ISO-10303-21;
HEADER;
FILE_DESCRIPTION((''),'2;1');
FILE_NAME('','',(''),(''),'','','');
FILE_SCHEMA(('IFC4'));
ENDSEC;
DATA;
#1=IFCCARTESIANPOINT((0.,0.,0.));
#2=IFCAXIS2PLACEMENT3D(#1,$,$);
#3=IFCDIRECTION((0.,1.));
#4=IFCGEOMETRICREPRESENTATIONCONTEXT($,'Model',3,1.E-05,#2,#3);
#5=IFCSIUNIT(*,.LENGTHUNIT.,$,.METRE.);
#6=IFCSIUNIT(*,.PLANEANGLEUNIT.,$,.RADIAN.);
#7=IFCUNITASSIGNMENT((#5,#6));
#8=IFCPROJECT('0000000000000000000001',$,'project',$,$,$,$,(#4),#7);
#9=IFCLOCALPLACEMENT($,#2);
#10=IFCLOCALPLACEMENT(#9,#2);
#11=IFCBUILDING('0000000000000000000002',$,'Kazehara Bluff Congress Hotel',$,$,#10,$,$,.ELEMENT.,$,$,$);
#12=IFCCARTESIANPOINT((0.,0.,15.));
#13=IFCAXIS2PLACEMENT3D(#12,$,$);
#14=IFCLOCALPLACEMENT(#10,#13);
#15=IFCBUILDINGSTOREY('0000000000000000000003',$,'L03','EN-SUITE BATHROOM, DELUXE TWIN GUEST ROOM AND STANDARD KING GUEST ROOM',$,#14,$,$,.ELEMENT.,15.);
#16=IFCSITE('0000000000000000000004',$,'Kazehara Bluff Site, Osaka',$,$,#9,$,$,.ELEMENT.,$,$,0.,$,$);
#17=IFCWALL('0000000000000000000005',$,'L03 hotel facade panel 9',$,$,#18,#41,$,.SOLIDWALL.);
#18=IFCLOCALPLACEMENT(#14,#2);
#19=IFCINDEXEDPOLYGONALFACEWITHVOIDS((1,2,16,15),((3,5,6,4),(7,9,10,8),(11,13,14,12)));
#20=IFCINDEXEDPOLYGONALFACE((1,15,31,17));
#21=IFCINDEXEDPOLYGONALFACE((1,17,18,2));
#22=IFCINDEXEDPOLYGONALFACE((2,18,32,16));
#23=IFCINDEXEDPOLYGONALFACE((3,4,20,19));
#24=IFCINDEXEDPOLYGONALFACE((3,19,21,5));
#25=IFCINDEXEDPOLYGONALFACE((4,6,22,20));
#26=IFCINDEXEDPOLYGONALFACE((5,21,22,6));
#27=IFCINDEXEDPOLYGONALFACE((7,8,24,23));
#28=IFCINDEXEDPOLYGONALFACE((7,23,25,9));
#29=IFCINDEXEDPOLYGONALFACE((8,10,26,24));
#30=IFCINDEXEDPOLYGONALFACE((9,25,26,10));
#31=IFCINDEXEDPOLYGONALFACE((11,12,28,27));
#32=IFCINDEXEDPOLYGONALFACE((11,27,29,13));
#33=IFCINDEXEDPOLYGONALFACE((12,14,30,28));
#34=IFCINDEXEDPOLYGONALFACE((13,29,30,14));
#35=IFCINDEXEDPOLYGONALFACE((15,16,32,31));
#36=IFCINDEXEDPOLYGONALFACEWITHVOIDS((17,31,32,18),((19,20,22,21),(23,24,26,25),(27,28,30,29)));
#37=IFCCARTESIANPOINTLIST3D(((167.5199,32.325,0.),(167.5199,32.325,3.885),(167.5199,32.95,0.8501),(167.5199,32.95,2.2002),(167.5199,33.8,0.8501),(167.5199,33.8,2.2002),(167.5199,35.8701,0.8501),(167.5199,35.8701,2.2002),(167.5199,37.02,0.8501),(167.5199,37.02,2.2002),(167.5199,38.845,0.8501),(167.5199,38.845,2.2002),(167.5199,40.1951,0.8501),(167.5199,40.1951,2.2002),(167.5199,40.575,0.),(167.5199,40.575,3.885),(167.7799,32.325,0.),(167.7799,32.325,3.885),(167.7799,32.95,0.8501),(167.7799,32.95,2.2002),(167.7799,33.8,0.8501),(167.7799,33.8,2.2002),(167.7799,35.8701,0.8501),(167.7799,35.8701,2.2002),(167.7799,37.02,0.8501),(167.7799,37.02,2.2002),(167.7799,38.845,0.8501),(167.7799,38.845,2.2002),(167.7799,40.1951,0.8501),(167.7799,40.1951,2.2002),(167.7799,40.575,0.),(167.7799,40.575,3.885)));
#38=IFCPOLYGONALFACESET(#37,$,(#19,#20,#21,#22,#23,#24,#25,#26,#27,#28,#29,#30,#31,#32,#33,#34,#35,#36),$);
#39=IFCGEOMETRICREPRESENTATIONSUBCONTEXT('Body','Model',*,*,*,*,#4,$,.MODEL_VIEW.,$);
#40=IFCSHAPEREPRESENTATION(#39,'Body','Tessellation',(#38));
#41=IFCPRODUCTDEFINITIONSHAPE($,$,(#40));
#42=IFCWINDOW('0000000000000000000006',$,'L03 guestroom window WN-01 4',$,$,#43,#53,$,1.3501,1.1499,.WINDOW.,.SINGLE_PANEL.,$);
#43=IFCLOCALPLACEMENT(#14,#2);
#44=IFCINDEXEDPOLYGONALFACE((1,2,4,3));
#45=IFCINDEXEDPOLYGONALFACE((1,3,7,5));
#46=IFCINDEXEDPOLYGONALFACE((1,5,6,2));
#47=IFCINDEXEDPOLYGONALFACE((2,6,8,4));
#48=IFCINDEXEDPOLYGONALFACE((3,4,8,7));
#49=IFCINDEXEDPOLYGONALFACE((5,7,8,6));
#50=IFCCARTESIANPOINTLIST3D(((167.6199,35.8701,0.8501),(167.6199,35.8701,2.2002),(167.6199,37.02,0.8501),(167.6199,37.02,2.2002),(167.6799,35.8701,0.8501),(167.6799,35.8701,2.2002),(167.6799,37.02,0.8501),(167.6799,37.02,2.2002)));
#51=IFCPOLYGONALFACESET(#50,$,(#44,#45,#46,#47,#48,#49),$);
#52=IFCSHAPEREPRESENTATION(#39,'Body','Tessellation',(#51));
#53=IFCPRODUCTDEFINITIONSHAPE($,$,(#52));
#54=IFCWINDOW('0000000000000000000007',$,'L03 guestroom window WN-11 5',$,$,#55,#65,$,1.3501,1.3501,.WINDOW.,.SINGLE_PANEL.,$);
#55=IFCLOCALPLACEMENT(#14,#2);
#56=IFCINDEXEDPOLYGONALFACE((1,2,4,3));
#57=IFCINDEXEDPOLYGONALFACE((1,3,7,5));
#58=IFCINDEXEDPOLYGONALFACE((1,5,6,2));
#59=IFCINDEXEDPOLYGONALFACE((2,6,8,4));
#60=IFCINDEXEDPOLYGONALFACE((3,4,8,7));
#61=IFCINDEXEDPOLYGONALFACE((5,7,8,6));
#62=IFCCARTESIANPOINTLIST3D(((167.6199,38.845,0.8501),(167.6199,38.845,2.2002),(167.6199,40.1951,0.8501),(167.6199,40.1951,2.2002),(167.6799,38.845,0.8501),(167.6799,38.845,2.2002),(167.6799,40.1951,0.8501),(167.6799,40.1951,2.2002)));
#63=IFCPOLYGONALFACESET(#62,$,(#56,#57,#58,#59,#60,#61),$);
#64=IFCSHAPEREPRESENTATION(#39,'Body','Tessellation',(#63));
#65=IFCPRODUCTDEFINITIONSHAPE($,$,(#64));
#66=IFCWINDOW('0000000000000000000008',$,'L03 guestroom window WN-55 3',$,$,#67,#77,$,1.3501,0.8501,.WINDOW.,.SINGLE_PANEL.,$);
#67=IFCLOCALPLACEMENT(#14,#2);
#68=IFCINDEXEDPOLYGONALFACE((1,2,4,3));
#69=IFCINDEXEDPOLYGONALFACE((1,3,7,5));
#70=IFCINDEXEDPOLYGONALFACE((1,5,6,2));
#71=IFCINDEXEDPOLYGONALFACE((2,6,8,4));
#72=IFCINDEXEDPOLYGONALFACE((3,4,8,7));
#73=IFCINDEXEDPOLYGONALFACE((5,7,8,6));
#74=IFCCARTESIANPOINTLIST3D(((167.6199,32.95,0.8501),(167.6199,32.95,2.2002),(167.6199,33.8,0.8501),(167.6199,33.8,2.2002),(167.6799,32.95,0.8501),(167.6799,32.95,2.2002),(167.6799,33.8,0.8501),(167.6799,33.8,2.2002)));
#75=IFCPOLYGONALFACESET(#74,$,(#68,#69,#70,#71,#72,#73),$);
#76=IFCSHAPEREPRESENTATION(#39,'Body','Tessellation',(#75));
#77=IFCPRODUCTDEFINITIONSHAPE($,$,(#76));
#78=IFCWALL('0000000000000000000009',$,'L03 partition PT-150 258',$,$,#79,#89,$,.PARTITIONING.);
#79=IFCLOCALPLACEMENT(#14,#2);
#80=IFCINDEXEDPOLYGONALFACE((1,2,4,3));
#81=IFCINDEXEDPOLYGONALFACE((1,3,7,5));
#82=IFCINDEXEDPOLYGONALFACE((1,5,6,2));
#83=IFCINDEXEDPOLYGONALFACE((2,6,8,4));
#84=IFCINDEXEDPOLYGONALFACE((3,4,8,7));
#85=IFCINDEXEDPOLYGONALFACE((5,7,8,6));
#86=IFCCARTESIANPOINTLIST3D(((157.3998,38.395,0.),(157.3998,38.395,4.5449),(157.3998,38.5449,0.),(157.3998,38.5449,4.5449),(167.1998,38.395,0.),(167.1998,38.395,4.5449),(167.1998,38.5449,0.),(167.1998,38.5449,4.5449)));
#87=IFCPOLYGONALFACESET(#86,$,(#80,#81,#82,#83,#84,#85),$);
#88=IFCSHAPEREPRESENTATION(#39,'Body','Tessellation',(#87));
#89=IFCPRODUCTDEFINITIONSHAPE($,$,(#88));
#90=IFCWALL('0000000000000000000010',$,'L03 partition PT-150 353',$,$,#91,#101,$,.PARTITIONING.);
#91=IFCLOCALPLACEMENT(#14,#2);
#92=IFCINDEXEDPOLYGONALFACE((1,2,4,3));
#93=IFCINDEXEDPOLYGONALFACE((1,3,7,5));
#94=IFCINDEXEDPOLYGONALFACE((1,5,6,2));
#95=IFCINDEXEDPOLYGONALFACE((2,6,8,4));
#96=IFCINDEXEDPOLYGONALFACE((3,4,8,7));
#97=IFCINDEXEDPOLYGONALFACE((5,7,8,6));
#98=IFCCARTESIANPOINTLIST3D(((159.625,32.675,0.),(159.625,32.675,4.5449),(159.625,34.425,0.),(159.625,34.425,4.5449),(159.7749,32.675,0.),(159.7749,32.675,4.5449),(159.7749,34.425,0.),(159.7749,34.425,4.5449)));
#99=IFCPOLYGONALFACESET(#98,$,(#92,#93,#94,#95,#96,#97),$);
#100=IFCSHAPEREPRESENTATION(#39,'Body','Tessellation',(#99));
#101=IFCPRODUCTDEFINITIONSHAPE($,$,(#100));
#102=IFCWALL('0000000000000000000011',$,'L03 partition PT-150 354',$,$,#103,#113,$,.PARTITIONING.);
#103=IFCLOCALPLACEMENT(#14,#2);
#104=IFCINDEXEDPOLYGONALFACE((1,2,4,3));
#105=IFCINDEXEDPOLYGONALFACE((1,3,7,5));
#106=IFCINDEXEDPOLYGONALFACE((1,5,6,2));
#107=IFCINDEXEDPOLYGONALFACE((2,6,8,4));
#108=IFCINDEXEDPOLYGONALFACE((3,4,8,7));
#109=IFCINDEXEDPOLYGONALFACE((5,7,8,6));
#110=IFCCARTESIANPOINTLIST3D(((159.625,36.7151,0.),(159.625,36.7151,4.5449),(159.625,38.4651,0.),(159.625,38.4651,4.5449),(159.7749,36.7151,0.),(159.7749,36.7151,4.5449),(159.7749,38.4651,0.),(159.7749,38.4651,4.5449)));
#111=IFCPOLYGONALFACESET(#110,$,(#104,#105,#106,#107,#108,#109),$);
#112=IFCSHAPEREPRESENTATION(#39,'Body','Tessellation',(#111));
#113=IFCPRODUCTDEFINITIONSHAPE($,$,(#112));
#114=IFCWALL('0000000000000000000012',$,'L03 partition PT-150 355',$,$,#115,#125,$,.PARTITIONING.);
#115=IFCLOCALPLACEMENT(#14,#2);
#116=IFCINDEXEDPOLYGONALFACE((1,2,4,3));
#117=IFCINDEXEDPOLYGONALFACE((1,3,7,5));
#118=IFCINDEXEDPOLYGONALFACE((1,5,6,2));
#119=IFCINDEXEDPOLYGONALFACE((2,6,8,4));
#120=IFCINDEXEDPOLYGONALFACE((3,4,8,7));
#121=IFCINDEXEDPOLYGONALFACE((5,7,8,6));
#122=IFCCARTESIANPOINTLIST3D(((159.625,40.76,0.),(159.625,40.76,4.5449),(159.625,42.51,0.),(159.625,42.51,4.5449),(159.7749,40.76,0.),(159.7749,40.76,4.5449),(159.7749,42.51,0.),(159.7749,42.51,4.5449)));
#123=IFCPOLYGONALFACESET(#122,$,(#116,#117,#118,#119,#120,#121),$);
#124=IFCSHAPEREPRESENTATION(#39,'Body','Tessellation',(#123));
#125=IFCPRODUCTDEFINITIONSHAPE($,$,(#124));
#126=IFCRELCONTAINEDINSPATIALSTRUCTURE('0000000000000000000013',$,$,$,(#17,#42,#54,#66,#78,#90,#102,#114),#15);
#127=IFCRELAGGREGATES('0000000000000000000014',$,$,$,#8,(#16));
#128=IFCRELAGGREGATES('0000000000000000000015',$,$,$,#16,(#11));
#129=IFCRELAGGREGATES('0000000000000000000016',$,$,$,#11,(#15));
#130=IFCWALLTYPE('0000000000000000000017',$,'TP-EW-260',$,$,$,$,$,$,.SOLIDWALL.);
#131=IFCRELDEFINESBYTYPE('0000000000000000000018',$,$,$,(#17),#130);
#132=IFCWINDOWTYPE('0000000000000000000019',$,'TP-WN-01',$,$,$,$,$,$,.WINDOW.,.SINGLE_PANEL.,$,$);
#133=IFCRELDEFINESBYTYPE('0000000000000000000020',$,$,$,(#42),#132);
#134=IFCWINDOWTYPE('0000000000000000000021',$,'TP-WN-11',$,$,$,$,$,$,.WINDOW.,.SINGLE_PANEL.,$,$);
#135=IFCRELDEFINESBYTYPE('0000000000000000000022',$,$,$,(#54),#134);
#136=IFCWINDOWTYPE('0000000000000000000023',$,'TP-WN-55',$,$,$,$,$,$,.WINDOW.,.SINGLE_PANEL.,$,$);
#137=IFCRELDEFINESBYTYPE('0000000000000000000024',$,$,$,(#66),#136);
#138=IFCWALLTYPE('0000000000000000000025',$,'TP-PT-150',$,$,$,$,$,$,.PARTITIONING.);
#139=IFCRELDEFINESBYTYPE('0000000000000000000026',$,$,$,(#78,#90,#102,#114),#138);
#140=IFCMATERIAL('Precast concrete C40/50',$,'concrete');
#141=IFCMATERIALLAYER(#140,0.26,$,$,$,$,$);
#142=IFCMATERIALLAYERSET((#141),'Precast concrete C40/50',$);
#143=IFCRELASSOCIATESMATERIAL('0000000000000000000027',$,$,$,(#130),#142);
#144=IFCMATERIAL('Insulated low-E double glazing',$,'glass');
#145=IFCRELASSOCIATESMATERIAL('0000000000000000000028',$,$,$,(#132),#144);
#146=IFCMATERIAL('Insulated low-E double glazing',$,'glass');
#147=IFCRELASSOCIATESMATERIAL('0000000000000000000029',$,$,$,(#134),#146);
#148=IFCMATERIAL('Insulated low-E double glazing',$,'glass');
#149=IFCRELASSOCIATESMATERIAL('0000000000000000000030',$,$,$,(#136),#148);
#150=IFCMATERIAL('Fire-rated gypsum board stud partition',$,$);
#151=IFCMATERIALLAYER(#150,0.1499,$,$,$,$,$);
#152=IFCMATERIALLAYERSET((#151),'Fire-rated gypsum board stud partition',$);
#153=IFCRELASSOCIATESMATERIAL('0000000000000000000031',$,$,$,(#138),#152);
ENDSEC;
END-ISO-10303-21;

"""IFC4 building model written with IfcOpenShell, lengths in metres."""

from ifc_helpers import new_model, si_unit, direction, frame, frame_2d, origin, place, context, subcontext, project, spatial, rectangle, extrude, material, layer, layer_set, type_object, element, fill, save


model = new_model("IFC4")

# Units and contexts
model_context = context("Model", 3, precision=1e-05, world=origin(), true_north=direction((0.0, 1.0)))
body_context = subcontext(model_context, "Body", "Model", "MODEL_VIEW")
ifc_project = project(units=[si_unit("LENGTHUNIT", "METRE"), si_unit("PLANEANGLEUNIT", "RADIAN")], contexts=[model_context])

# Site, building, storey
site_placement = place(None, origin())
site = spatial("IfcSite", under=ifc_project, at=site_placement, Name="Kazehara Bluff Site, Osaka", CompositionType="ELEMENT", RefElevation=0.0)
building_placement = place(site_placement, origin())
building = spatial("IfcBuilding", under=site, at=building_placement, Name="Kazehara Bluff Congress Hotel", CompositionType="ELEMENT")
storey_placement = place(building_placement, frame((0.0, 0.0, 15.0)))
storey = spatial("IfcBuildingStorey", under=building, at=storey_placement, Name="L03", Description="EN-SUITE BATHROOM, DELUXE TWIN GUEST ROOM AND STANDARD KING GUEST ROOM", CompositionType="ELEMENT", Elevation=15.0)

# Wall, openings, windows
ifc_material_1 = material(Name="Precast concrete C40/50", Category="concrete")
ifc_layer_1 = layer(ifc_material_1, 0.26)
ifc_layer_set_1 = layer_set([ifc_layer_1], Name="Precast concrete C40/50")
wall_type_1 = type_object("IfcWallType", Name="TP-EW-260", PredefinedType="SOLIDWALL", material=ifc_layer_set_1)
wall_1_placement = place(storey_placement, frame((167.6499, 40.575, 0.0), z_axis=(0.0, 0.0, 1.0), x_axis=(0.0, -1.0, 0.0)))
wall_1 = element("IfcWall", 1, at=wall_1_placement, inside=storey, type_object=wall_type_1, Name="L03 hotel facade panel 9", PredefinedType="SOLIDWALL", context=body_context, shape_type="SweptSolid", body=[
    extrude(rectangle(XDim=8.25, YDim=0.26, at=frame_2d((4.125, 0.0))), origin(), (0.0, 0.0, 1.0), 3.885),
])
opening_1_placement = place(wall_1_placement, frame((6.7749, 0.0, 0.8501)))
opening_1 = element("IfcOpeningElement", 2, at=opening_1_placement, cuts=wall_1, PredefinedType="OPENING", context=body_context, shape_type="SweptSolid", body=[
    extrude(rectangle(XDim=0.8501, YDim=1.3501, at=frame_2d((0.425, 0.675))), frame((0.0, 0.1399, 0.0), z_axis=(0.0, -1.0, 0.0), x_axis=(1.0, 0.0, 0.0)), (0.0, 0.0, 1.0), 0.28),
])
opening_2_placement = place(wall_1_placement, frame((3.5549, 0.0, 0.8501)))
opening_2 = element("IfcOpeningElement", 3, at=opening_2_placement, cuts=wall_1, PredefinedType="OPENING", context=body_context, shape_type="SweptSolid", body=[
    extrude(rectangle(XDim=1.1499, YDim=1.3501, at=frame_2d((0.575, 0.675))), frame((0.0, 0.1399, 0.0), z_axis=(0.0, -1.0, 0.0), x_axis=(1.0, 0.0, 0.0)), (0.0, 0.0, 1.0), 0.28),
])
opening_3_placement = place(wall_1_placement, frame((0.3799, 0.0, 0.8501)))
opening_3 = element("IfcOpeningElement", 4, at=opening_3_placement, cuts=wall_1, PredefinedType="OPENING", context=body_context, shape_type="SweptSolid", body=[
    extrude(rectangle(XDim=1.3501, YDim=1.3501, at=frame_2d((0.675, 0.675))), frame((0.0, 0.1399, 0.0), z_axis=(0.0, -1.0, 0.0), x_axis=(1.0, 0.0, 0.0)), (0.0, 0.0, 1.0), 0.28),
])
ifc_material_2 = material(Name="Insulated low-E double glazing", Category="glass")
window_type_1 = type_object("IfcWindowType", Name="TP-WN-01", PartitioningType="SINGLE_PANEL", PredefinedType="WINDOW", material=ifc_material_2)
window_1_placement = place(opening_2_placement, origin())
window_1 = element("IfcWindow", 5, at=window_1_placement, inside=storey, type_object=window_type_1, Name="L03 guestroom window WN-01 4", OverallHeight=1.3501, OverallWidth=1.1499, PartitioningType="SINGLE_PANEL", PredefinedType="WINDOW", context=body_context, shape_type="SweptSolid", body=[
    extrude(rectangle(XDim=1.1499, YDim=1.3501, at=frame_2d((0.575, 0.675))), frame((0.0, 0.03, 0.0), z_axis=(0.0, -1.0, 0.0), x_axis=(1.0, 0.0, 0.0)), (0.0, 0.0, 1.0), 0.0601),
])
fill(opening_2, window_1)
ifc_material_3 = material(Name="Insulated low-E double glazing", Category="glass")
window_type_2 = type_object("IfcWindowType", Name="TP-WN-11", PartitioningType="SINGLE_PANEL", PredefinedType="WINDOW", material=ifc_material_3)
window_2_placement = place(opening_3_placement, origin())
window_2 = element("IfcWindow", 6, at=window_2_placement, inside=storey, type_object=window_type_2, Name="L03 guestroom window WN-11 5", OverallHeight=1.3501, OverallWidth=1.3501, PartitioningType="SINGLE_PANEL", PredefinedType="WINDOW", context=body_context, shape_type="SweptSolid", body=[
    extrude(rectangle(XDim=1.3501, YDim=1.3501, at=frame_2d((0.675, 0.675))), frame((0.0, 0.03, 0.0), z_axis=(0.0, -1.0, 0.0), x_axis=(1.0, 0.0, 0.0)), (0.0, 0.0, 1.0), 0.0601),
])
fill(opening_3, window_2)
ifc_material_4 = material(Name="Insulated low-E double glazing", Category="glass")
window_type_3 = type_object("IfcWindowType", Name="TP-WN-55", PartitioningType="SINGLE_PANEL", PredefinedType="WINDOW", material=ifc_material_4)
window_3_placement = place(opening_1_placement, origin())
window_3 = element("IfcWindow", 7, at=window_3_placement, inside=storey, type_object=window_type_3, Name="L03 guestroom window WN-55 3", OverallHeight=1.3501, OverallWidth=0.8501, PartitioningType="SINGLE_PANEL", PredefinedType="WINDOW", context=body_context, shape_type="SweptSolid", body=[
    extrude(rectangle(XDim=0.8501, YDim=1.3501, at=frame_2d((0.425, 0.675))), frame((0.0, 0.03, 0.0), z_axis=(0.0, -1.0, 0.0), x_axis=(1.0, 0.0, 0.0)), (0.0, 0.0, 1.0), 0.0601),
])
fill(opening_1, window_3)

# Wall
ifc_material_5 = material(Name="Fire-rated gypsum board stud partition")
ifc_layer_2 = layer(ifc_material_5, 0.1499)
ifc_layer_set_2 = layer_set([ifc_layer_2], Name="Fire-rated gypsum board stud partition")
wall_type_2 = type_object("IfcWallType", Name="TP-PT-150", PredefinedType="PARTITIONING", material=ifc_layer_set_2)
wall_2_placement = place(storey_placement, frame((157.3999, 38.47, 0.0), z_axis=(0.0, 0.0, 1.0), x_axis=(1.0, 0.0, 0.0)))
element("IfcWall", 8, at=wall_2_placement, inside=storey, type_object=wall_type_2, Name="L03 partition PT-150 258", PredefinedType="PARTITIONING", context=body_context, shape_type="SweptSolid", body=[
    extrude(rectangle(XDim=9.8, YDim=0.1499, at=frame_2d((4.8999, 0.0))), origin(), (0.0, 0.0, 1.0), 4.5449),
])

# Walls
for number, where, z_axis, x_axis, name in (
    (9, (159.7, 32.675, 0.0), (0.0, 0.0, 1.0), (0.0, 1.0, 0.0), "L03 partition PT-150 353"),
    (10, (159.7, 36.7151, 0.0), (0.0, 0.0, 1.0), (0.0, 1.0, 0.0), "L03 partition PT-150 354"),
    (11, (159.7, 40.76, 0.0), (0.0, 0.0, 1.0), (0.0, 1.0, 0.0), "L03 partition PT-150 355"),
):
    element("IfcWall", number, at=place(storey_placement, frame(where, z_axis=z_axis, x_axis=x_axis)), inside=storey, type_object=wall_type_2, Name=name, PredefinedType="PARTITIONING", context=body_context, shape_type="SweptSolid", body=[
        extrude(rectangle(XDim=1.75, YDim=0.1499, at=frame_2d((0.875, 0.0))), origin(), (0.0, 0.0, 1.0), 4.5449),
    ])

save(model, "model.ifc")
